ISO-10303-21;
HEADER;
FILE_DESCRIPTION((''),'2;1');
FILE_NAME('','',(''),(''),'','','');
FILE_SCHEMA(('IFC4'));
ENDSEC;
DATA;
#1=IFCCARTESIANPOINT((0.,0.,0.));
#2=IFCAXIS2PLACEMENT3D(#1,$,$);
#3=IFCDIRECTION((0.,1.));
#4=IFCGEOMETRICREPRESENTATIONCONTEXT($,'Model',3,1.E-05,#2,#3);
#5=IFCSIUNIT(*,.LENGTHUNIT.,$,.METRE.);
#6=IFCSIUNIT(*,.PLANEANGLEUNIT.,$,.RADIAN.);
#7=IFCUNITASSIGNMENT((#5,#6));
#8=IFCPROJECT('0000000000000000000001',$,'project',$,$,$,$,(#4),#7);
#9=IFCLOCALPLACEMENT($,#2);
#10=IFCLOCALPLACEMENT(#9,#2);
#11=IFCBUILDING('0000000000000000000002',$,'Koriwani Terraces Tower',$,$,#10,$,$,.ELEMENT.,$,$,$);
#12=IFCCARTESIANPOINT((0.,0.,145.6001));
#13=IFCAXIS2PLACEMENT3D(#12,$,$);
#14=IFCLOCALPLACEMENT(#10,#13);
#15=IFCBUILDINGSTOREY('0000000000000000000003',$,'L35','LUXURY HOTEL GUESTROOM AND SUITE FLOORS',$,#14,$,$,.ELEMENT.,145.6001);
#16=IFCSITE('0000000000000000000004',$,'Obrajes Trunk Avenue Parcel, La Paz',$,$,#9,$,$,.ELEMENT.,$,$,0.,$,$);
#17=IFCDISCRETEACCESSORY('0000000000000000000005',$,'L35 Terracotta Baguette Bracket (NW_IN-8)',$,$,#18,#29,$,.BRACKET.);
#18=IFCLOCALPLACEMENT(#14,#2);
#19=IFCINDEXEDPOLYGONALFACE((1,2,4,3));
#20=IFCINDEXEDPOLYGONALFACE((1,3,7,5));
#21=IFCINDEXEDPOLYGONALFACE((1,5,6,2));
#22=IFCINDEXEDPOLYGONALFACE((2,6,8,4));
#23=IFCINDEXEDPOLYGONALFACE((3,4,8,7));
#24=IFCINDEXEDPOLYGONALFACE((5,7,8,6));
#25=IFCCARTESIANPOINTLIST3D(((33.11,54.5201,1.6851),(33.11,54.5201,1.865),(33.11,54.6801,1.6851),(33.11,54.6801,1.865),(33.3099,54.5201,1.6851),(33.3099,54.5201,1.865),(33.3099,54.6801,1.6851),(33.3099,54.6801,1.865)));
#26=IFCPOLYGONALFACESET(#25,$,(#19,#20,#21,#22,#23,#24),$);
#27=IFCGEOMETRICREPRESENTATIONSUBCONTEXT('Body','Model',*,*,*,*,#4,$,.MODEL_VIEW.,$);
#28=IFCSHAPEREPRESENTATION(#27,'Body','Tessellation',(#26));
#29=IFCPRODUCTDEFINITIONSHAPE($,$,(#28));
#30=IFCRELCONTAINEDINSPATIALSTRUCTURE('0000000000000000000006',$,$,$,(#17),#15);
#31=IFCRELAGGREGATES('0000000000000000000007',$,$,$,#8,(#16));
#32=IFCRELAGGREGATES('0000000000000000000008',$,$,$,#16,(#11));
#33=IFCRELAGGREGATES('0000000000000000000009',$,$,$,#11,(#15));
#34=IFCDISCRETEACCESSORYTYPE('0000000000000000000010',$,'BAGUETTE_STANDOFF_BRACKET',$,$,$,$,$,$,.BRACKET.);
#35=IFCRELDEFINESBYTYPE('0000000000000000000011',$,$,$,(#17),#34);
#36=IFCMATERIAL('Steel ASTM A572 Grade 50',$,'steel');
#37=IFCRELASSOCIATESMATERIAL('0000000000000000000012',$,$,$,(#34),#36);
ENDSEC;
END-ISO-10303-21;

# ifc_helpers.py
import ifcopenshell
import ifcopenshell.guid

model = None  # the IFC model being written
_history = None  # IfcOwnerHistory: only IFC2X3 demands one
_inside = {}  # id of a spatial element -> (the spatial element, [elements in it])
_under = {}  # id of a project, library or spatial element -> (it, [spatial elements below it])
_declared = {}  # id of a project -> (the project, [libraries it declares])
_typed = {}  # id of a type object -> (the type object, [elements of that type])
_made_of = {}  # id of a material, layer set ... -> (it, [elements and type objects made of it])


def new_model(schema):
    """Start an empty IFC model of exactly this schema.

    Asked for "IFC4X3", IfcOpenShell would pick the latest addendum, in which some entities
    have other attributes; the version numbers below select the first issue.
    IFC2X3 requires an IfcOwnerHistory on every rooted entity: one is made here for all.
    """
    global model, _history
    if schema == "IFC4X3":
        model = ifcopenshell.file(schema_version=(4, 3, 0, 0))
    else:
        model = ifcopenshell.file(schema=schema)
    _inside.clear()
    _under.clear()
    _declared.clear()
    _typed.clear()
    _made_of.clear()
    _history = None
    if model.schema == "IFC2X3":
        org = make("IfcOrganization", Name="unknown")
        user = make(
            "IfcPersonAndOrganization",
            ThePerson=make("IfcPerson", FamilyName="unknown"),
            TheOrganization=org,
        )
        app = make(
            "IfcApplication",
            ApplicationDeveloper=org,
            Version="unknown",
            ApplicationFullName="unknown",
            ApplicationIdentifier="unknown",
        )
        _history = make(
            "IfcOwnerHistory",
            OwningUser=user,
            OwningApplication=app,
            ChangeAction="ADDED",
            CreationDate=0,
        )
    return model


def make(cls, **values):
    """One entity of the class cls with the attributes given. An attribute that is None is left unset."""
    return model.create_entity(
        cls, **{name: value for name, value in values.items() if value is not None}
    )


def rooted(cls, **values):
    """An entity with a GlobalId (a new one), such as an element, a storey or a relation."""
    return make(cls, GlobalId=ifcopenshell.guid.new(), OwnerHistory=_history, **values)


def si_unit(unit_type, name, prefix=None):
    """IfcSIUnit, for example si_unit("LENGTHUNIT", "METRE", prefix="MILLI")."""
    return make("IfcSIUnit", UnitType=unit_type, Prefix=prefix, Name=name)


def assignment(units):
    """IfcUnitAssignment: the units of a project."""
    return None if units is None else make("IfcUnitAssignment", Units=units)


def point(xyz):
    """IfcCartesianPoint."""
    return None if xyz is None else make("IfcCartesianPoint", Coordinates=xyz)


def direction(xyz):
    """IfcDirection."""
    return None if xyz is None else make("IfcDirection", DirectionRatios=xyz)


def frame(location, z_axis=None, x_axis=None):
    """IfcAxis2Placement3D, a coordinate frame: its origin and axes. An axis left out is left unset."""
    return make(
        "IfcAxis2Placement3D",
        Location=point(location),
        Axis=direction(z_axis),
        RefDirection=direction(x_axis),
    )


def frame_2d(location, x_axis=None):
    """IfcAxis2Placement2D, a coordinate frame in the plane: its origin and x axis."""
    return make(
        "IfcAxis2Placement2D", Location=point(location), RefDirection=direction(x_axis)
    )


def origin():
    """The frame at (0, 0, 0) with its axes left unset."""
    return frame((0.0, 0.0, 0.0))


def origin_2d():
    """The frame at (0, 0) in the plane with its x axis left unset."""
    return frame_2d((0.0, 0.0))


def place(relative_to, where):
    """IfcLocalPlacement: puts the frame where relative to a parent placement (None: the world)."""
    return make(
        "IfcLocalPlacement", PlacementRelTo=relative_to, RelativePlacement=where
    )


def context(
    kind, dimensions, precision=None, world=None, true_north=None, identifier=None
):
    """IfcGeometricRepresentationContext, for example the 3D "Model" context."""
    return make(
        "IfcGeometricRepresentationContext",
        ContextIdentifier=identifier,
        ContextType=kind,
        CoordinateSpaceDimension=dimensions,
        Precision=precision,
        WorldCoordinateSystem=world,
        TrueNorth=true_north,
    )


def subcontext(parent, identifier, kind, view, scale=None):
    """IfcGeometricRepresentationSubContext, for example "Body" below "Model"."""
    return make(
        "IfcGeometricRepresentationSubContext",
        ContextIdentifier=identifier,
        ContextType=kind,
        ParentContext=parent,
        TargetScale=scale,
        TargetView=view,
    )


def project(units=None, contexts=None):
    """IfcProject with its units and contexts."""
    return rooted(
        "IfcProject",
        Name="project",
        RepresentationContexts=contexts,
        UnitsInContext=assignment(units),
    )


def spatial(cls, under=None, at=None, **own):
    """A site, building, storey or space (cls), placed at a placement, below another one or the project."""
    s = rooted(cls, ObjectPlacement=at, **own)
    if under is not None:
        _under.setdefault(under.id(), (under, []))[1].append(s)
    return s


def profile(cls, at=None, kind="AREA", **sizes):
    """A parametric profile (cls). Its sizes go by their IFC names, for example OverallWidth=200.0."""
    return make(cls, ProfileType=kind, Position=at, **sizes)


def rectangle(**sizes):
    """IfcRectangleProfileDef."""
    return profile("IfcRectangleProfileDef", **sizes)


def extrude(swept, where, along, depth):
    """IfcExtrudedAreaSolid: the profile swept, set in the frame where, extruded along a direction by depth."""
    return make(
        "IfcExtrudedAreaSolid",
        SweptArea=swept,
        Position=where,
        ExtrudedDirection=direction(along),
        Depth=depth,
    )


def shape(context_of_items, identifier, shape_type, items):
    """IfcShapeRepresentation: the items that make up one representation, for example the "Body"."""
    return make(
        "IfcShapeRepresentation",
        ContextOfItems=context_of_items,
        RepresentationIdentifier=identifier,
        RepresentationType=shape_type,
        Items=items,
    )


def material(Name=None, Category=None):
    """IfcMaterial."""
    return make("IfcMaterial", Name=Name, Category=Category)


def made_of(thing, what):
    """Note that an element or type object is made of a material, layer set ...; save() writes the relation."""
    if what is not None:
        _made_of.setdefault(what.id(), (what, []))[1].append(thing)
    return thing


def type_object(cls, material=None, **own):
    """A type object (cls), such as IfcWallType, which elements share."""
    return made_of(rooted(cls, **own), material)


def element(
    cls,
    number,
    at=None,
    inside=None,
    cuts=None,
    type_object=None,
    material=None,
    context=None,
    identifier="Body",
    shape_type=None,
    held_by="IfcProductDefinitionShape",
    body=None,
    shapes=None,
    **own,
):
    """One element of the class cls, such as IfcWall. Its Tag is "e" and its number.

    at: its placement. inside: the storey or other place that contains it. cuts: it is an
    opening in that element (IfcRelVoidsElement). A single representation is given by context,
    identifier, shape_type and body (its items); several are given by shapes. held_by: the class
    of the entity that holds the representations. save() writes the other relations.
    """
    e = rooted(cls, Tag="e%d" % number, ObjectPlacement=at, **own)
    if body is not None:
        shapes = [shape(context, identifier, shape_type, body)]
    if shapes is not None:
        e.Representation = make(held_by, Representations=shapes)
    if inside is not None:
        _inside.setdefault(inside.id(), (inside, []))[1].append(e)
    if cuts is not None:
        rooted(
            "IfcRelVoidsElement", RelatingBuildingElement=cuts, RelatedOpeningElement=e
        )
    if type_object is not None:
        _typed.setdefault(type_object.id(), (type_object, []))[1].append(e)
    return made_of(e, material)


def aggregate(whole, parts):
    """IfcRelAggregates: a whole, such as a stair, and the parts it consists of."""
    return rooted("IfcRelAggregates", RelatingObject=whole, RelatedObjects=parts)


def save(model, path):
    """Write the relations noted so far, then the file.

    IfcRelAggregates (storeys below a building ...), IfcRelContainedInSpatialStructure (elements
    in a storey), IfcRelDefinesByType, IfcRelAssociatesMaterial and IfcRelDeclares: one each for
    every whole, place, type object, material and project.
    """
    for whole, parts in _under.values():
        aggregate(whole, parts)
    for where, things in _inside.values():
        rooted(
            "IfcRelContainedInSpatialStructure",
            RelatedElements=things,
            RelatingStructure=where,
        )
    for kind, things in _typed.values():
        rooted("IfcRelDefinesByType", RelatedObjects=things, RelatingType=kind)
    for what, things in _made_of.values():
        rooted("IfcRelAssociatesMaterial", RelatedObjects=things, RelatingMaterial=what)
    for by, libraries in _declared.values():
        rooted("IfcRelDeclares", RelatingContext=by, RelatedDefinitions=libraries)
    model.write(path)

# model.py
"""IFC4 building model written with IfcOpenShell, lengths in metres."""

from ifc_helpers import new_model, si_unit, direction, frame, origin, origin_2d, place, context, subcontext, project, spatial, rectangle, extrude, material, type_object, element, save


model = new_model("IFC4")

# Units and contexts
model_context = context("Model", 3, precision=1e-05, world=origin(), true_north=direction((0.0, 1.0)))
body_context = subcontext(model_context, "Body", "Model", "MODEL_VIEW")
ifc_project = project(units=[si_unit("LENGTHUNIT", "METRE"), si_unit("PLANEANGLEUNIT", "RADIAN")], contexts=[model_context])

# Site, building, storey
site_placement = place(None, origin())
site = spatial("IfcSite", under=ifc_project, at=site_placement, Name="Obrajes Trunk Avenue Parcel, La Paz", CompositionType="ELEMENT", RefElevation=0.0)
building_placement = place(site_placement, origin())
building = spatial("IfcBuilding", under=site, at=building_placement, Name="Koriwani Terraces Tower", CompositionType="ELEMENT")
storey_placement = place(building_placement, frame((0.0, 0.0, 145.6001)))
storey = spatial("IfcBuildingStorey", under=building, at=storey_placement, Name="L35", Description="LUXURY HOTEL GUESTROOM AND SUITE FLOORS", CompositionType="ELEMENT", Elevation=145.6001)

# Shared definitions
ifc_material_1 = material(Name="Steel ASTM A572 Grade 50", Category="steel")

# Discrete accessory
discrete_accessory_type = type_object("IfcDiscreteAccessoryType", Name="BAGUETTE_STANDOFF_BRACKET", PredefinedType="BRACKET", material=ifc_material_1)
discrete_accessory_placement = place(storey_placement, frame((33.21, 54.6001, 1.6851), z_axis=(0.0, 0.0, 1.0), x_axis=(0.0, -1.0, 0.0)))
element("IfcDiscreteAccessory", 1, at=discrete_accessory_placement, inside=storey, type_object=discrete_accessory_type, Name="L35 Terracotta Baguette Bracket (NW_IN-8)", PredefinedType="BRACKET", context=body_context, shape_type="SweptSolid", body=[
    extrude(rectangle(XDim=0.1599, YDim=0.2, at=origin_2d()), origin(), (0.0, 0.0, 1.0), 0.1799),
])

save(model, "model.ifc")
